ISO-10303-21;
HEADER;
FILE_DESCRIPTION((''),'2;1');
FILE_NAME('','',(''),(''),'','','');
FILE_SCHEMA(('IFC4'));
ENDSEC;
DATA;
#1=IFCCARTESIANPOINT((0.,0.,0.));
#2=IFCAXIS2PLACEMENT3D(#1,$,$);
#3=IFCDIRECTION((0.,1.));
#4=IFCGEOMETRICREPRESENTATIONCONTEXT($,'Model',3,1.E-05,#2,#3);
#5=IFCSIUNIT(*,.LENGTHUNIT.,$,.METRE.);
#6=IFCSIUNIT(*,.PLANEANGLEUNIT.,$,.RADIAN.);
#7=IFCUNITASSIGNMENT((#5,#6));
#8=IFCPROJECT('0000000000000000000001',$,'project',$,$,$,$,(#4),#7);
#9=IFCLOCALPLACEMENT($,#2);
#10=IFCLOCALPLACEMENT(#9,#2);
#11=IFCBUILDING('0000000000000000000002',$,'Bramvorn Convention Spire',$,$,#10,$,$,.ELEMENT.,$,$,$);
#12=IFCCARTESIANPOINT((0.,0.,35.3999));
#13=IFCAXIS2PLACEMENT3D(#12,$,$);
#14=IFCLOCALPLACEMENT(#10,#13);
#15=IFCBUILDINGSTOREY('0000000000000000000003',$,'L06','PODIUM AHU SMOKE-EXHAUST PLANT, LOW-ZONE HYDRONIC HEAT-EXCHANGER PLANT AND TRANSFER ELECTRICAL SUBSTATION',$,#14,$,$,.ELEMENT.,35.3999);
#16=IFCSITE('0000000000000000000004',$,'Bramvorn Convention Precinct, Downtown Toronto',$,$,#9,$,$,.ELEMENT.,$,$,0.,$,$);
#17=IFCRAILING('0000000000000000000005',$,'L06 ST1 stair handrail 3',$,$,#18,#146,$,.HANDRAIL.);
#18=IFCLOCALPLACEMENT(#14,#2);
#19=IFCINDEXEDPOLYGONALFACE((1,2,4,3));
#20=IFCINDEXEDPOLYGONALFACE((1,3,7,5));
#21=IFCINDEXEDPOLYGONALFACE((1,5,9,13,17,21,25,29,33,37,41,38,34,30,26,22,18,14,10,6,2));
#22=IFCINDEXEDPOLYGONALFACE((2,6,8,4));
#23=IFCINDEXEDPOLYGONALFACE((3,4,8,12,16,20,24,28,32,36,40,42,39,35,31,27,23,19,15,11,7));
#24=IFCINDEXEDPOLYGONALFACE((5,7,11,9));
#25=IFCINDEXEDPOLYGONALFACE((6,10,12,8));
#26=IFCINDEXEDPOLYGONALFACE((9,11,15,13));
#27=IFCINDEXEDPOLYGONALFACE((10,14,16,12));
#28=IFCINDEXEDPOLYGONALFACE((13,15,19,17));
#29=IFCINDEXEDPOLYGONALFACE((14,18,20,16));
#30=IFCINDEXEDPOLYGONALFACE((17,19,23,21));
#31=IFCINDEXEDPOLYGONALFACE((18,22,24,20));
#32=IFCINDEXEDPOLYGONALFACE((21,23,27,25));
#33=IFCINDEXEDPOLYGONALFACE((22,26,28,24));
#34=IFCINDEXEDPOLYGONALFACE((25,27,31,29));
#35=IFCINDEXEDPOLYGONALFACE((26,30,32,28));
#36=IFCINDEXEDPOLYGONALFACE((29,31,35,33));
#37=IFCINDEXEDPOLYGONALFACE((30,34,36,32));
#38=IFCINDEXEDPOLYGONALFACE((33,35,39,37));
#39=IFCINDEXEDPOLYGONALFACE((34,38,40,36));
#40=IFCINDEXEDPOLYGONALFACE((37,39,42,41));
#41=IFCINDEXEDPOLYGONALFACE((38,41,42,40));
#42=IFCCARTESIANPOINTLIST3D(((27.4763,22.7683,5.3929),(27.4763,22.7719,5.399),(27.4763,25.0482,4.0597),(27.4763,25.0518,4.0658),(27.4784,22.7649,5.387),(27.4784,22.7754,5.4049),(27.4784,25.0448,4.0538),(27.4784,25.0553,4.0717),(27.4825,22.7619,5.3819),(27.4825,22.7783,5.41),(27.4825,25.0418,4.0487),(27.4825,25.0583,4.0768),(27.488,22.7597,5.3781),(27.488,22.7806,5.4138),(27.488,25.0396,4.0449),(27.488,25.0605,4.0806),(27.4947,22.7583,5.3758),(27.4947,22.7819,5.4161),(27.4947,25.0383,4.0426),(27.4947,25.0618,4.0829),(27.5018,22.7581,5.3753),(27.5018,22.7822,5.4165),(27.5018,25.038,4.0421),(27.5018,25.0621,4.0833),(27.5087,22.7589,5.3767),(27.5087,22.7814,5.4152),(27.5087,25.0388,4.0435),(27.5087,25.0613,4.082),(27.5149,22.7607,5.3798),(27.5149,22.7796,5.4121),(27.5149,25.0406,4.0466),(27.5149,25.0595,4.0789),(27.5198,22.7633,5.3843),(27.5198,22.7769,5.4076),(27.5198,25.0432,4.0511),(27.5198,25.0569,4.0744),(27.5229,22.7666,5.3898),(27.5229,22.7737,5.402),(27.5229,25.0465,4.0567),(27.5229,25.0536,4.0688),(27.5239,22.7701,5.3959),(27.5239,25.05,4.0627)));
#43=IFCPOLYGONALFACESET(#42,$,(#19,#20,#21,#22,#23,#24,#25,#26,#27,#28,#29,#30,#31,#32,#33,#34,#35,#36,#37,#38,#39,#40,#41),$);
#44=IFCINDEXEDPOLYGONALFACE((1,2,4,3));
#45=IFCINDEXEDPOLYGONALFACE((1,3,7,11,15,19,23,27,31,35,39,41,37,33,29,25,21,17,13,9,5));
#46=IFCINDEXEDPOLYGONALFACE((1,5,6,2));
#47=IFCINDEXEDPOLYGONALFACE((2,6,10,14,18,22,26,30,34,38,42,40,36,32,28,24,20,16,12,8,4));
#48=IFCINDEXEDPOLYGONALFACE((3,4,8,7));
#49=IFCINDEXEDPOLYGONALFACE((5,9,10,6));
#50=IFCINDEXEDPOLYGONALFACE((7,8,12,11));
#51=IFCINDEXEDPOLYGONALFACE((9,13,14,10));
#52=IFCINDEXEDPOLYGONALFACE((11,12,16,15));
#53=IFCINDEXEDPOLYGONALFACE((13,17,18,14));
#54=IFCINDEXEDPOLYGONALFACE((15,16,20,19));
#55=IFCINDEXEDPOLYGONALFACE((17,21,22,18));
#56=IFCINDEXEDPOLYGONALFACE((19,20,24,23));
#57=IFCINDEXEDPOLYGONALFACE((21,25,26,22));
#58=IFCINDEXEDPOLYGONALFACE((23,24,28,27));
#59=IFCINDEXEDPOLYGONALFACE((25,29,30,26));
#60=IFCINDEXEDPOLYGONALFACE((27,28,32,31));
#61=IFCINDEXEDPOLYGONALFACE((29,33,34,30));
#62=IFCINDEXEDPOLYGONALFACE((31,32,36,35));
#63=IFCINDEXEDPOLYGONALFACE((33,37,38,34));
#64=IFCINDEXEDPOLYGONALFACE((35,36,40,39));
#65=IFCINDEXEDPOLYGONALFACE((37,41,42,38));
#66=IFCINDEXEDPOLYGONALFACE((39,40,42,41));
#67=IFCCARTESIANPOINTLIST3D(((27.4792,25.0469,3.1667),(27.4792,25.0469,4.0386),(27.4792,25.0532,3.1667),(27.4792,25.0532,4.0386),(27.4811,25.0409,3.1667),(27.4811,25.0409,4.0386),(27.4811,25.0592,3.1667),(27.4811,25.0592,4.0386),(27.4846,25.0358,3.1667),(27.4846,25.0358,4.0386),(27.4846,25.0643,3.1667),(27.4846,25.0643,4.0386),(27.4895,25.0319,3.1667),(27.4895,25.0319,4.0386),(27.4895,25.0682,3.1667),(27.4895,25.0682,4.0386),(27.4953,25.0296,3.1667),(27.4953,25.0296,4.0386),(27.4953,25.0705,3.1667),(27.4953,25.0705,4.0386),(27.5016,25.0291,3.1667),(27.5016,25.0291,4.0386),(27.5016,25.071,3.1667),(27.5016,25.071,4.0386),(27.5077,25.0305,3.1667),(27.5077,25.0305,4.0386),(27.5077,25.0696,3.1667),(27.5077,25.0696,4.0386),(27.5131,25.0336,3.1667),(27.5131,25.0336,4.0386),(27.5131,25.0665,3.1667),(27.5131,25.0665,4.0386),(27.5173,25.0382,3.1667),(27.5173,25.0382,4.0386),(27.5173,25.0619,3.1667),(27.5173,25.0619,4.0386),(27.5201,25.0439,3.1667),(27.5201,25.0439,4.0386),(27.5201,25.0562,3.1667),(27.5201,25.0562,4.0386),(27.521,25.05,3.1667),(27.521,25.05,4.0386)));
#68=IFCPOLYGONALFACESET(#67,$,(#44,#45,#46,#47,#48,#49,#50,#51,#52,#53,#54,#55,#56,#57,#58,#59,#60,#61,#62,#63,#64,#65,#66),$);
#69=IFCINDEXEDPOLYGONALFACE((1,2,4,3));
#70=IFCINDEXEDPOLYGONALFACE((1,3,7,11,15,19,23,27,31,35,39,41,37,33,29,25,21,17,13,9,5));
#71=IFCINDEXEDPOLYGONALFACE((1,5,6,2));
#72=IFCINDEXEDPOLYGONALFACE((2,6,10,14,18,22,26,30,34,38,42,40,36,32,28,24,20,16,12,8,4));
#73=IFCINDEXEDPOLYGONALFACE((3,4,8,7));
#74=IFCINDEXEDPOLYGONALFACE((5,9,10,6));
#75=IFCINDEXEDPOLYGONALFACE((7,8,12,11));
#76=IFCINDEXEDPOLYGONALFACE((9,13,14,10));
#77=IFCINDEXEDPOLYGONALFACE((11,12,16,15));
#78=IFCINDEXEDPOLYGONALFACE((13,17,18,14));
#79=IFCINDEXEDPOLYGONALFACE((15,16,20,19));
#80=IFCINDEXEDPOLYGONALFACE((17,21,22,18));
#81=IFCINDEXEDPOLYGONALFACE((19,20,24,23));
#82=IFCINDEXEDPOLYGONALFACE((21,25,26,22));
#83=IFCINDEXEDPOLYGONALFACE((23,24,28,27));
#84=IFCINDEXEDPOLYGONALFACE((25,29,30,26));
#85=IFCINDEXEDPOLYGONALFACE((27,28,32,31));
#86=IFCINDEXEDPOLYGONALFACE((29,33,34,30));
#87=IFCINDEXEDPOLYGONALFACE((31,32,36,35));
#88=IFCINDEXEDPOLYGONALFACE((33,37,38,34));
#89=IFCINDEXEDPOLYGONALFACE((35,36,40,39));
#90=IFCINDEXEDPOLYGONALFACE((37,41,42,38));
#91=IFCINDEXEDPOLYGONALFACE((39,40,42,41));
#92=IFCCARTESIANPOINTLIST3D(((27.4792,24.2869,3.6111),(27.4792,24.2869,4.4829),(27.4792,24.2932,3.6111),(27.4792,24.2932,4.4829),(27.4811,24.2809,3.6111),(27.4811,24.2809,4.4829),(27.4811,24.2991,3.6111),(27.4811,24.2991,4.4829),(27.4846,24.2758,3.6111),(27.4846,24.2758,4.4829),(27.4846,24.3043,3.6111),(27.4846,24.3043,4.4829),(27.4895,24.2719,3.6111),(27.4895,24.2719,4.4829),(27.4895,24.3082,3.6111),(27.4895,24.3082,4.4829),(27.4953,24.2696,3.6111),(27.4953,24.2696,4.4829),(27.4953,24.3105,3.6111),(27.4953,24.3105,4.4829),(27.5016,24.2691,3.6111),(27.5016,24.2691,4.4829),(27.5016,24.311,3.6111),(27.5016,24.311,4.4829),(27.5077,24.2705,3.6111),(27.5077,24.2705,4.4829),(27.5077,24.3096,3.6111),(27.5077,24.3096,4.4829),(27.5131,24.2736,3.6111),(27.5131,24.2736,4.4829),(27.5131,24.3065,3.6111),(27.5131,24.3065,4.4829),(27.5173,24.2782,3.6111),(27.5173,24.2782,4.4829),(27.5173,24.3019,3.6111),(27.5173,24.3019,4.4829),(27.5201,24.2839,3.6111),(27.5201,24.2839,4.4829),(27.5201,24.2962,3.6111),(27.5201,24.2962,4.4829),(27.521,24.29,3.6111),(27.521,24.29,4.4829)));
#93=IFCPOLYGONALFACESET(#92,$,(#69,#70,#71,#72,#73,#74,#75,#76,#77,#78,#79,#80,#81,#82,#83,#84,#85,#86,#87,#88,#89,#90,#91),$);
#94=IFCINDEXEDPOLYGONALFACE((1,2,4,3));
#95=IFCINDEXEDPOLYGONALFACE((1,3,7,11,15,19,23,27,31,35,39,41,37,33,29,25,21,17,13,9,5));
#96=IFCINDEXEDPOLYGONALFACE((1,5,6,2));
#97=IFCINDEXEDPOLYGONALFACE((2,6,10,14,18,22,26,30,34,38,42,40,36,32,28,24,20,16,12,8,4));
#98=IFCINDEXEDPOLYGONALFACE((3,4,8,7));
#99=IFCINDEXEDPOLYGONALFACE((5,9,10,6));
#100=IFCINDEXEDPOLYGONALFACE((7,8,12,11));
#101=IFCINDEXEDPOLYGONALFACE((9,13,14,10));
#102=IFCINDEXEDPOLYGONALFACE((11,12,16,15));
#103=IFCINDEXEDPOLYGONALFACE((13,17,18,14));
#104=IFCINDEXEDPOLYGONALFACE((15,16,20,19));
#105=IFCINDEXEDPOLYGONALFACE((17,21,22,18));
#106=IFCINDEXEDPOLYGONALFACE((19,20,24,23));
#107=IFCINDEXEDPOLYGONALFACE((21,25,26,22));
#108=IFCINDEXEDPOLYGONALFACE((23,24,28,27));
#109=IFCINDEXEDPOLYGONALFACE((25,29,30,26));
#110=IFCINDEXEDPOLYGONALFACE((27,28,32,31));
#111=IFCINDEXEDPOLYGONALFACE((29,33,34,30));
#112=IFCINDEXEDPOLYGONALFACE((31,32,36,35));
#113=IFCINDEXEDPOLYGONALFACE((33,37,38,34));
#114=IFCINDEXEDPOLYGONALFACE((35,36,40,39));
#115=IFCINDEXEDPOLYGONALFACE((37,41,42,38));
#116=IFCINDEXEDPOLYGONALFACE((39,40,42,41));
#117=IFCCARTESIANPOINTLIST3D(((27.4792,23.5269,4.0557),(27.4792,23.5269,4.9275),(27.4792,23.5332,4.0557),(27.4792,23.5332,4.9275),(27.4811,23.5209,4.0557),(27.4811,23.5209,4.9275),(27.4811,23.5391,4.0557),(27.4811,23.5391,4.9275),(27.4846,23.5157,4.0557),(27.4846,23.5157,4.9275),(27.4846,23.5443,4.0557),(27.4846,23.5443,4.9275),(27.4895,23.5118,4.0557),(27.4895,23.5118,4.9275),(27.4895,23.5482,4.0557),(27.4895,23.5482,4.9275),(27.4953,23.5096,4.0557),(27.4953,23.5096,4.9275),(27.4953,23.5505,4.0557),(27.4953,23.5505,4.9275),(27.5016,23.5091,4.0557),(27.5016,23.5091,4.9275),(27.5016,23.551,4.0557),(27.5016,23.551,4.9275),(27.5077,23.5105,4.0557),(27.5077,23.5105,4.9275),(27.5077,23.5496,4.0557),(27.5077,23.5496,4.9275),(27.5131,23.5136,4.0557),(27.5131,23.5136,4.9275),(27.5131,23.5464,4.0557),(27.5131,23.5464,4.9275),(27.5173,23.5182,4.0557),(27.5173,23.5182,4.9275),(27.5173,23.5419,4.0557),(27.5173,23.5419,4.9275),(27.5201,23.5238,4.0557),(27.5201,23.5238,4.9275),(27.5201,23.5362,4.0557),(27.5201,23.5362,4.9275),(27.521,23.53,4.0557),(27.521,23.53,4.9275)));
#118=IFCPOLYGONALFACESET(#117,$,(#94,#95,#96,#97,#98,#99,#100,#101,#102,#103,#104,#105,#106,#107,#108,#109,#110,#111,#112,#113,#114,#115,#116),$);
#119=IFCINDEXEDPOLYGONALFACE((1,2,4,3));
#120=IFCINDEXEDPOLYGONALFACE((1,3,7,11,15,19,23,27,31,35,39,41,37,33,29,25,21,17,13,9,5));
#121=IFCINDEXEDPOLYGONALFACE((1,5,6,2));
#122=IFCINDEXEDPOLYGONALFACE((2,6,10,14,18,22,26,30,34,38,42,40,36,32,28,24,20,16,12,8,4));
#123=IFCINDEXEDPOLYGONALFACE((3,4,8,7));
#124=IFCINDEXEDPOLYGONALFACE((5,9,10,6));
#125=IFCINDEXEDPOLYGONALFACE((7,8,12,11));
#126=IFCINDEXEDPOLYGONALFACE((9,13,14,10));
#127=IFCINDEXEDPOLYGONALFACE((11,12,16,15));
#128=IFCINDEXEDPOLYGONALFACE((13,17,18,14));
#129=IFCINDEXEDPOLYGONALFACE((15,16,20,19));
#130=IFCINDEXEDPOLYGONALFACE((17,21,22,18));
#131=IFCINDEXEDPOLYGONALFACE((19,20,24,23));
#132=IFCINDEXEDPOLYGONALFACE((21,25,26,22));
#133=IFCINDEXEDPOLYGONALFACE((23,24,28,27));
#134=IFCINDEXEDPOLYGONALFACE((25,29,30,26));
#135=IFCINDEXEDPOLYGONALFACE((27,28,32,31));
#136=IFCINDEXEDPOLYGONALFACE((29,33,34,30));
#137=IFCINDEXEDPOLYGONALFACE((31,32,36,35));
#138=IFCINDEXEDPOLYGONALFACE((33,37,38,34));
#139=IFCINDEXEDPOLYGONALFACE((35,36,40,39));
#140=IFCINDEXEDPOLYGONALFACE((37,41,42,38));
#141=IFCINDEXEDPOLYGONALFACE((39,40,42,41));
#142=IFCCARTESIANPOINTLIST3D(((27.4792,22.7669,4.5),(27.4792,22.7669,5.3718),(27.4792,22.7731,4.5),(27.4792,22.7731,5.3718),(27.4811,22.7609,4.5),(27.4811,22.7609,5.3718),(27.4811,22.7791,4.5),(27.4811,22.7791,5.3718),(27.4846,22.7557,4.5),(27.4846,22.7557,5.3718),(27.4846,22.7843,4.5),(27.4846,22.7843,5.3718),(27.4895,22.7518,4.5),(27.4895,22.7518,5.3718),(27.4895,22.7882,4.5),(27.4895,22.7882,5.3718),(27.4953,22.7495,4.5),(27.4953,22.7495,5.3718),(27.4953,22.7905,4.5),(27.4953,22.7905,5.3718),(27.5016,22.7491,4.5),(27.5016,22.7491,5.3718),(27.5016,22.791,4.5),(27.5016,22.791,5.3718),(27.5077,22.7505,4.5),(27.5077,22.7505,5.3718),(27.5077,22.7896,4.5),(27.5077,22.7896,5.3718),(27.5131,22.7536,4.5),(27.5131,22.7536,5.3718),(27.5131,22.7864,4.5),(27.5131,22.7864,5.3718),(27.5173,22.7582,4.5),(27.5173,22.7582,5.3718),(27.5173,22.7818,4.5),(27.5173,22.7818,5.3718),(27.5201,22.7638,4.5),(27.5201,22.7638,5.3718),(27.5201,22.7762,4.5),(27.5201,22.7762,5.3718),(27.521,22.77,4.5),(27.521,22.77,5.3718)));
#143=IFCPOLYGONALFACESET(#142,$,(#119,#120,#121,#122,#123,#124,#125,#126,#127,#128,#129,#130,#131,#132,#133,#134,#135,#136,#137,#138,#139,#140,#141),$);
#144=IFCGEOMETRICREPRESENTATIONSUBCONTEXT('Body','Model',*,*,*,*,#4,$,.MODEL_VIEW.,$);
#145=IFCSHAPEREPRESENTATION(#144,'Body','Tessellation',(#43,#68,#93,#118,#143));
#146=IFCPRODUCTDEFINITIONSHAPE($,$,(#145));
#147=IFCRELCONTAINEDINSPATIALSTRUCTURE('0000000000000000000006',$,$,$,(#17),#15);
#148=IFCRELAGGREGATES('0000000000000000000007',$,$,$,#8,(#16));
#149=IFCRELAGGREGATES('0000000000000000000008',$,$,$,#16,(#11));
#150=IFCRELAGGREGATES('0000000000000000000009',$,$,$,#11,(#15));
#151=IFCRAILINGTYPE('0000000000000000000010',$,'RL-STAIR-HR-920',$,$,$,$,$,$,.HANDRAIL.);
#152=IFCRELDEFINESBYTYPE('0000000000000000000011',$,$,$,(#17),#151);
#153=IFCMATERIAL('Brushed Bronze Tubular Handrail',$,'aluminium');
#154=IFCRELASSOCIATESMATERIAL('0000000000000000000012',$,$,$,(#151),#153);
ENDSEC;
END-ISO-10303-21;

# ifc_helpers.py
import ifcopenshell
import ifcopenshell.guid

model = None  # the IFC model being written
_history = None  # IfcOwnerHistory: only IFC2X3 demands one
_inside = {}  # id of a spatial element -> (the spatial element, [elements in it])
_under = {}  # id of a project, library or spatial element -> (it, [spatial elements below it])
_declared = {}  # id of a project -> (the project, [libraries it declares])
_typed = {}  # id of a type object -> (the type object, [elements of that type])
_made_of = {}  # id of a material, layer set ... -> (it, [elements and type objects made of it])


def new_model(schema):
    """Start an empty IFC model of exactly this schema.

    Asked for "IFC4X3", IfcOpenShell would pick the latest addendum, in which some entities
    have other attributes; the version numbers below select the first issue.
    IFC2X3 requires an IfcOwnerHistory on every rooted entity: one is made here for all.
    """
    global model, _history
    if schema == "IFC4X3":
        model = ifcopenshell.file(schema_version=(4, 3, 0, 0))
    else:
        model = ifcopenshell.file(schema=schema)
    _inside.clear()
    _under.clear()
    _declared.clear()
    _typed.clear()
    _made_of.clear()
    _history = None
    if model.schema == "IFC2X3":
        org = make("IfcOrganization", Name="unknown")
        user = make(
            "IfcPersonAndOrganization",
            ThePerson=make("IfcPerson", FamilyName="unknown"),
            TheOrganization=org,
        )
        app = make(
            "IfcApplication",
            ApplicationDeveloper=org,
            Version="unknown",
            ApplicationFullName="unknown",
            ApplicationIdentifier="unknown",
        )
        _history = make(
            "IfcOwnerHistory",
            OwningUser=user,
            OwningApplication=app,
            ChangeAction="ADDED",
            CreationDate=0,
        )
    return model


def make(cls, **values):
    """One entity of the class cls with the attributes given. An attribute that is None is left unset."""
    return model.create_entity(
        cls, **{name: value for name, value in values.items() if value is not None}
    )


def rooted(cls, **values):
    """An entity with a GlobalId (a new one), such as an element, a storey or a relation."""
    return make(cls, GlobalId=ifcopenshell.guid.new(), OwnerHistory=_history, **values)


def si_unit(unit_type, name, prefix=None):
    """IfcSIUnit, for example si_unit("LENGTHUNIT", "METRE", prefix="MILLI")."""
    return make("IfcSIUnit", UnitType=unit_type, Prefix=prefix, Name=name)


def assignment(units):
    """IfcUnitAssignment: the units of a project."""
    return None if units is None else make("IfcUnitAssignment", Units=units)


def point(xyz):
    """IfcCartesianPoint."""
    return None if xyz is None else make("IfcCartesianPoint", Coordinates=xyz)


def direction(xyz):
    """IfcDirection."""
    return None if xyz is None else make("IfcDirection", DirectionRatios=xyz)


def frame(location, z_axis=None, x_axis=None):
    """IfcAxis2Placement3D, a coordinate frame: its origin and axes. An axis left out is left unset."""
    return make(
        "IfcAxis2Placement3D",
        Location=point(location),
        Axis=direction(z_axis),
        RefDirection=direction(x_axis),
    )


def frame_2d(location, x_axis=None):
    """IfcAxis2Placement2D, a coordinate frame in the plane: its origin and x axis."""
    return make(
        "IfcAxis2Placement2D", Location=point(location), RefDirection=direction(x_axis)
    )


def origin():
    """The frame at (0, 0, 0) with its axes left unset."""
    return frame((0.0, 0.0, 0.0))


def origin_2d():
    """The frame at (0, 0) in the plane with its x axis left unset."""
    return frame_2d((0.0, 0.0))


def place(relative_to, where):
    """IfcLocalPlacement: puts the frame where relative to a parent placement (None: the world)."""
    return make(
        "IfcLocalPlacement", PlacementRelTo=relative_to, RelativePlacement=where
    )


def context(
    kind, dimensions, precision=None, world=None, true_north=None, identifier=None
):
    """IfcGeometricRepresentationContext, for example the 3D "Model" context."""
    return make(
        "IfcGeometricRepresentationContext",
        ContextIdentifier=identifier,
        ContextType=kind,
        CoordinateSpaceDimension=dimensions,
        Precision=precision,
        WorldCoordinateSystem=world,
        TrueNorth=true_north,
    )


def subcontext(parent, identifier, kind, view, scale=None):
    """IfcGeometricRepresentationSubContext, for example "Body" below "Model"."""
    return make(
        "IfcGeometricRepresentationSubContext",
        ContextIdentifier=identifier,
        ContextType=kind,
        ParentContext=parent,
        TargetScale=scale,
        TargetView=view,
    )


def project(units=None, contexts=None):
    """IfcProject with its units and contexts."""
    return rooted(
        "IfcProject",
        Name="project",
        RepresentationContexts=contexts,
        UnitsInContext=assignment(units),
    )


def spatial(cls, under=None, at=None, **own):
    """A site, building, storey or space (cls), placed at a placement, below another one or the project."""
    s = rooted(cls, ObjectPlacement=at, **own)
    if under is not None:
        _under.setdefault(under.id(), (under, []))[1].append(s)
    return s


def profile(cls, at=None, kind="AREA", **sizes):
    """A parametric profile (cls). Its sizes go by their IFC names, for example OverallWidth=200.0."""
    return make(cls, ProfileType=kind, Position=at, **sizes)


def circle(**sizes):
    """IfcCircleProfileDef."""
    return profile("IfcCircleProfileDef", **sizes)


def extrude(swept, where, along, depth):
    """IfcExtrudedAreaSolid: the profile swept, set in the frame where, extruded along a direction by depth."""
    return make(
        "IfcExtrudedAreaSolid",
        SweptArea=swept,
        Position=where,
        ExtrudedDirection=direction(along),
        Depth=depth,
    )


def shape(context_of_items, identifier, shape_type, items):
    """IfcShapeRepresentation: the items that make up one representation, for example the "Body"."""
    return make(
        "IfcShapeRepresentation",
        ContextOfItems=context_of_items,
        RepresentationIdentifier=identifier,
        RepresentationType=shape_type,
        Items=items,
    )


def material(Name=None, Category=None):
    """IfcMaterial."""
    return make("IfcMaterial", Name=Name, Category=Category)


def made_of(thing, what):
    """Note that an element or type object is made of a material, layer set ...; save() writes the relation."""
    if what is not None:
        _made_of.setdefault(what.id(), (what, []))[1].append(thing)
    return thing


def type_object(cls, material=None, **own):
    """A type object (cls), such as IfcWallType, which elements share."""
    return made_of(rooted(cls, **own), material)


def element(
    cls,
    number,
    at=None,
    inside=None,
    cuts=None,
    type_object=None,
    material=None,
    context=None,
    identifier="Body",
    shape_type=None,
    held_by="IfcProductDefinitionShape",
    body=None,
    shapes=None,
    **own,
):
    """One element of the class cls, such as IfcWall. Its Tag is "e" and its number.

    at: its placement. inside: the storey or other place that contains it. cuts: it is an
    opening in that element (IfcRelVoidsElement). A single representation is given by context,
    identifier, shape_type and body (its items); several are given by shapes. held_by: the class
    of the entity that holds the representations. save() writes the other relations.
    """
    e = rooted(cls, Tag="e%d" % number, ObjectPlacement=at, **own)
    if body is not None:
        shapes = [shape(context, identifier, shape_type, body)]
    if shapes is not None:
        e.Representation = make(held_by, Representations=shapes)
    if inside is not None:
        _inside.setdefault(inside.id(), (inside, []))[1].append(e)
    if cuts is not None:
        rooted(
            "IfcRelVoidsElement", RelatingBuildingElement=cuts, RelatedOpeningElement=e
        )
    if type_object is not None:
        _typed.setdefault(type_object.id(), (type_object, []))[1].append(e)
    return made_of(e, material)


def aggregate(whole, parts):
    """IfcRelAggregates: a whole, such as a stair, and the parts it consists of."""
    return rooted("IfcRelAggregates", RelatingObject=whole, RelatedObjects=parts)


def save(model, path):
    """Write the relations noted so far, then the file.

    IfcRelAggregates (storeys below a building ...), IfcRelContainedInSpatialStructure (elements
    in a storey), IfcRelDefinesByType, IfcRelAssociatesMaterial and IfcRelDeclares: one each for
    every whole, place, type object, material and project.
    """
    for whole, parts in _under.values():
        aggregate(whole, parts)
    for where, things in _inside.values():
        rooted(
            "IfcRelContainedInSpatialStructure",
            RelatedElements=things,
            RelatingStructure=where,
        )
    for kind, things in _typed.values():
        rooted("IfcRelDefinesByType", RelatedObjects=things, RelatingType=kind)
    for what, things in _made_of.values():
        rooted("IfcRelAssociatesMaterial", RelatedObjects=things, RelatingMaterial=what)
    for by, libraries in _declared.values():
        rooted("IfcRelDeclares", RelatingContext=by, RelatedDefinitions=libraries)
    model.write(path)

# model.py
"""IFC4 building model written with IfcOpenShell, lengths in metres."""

from ifc_helpers import new_model, si_unit, direction, frame, origin, origin_2d, place, context, subcontext, project, spatial, circle, extrude, material, type_object, element, save


model = new_model("IFC4")

# Units and contexts
model_context = context("Model", 3, precision=1e-05, world=origin(), true_north=direction((0.0, 1.0)))
body_context = subcontext(model_context, "Body", "Model", "MODEL_VIEW")
ifc_project = project(units=[si_unit("LENGTHUNIT", "METRE"), si_unit("PLANEANGLEUNIT", "RADIAN")], contexts=[model_context])

# Site, building, storey
site_placement = place(None, origin())
site = spatial("IfcSite", under=ifc_project, at=site_placement, Name="Bramvorn Convention Precinct, Downtown Toronto", CompositionType="ELEMENT", RefElevation=0.0)
building_placement = place(site_placement, origin())
building = spatial("IfcBuilding", under=site, at=building_placement, Name="Bramvorn Convention Spire", CompositionType="ELEMENT")
storey_placement = place(building_placement, frame((0.0, 0.0, 35.3999)))
storey = spatial("IfcBuildingStorey", under=building, at=storey_placement, Name="L06", Description="PODIUM AHU SMOKE-EXHAUST PLANT, LOW-ZONE HYDRONIC HEAT-EXCHANGER PLANT AND TRANSFER ELECTRICAL SUBSTATION", CompositionType="ELEMENT", Elevation=35.3999)

# Railing
ifc_material_1 = material(Name="Brushed Bronze Tubular Handrail", Category="aluminium")
railing_type_1 = type_object("IfcRailingType", Name="RL-STAIR-HR-920", PredefinedType="HANDRAIL", material=ifc_material_1)
for number, where, name in (
    (1, (27.5, 25.05, 3.1667), "L06 ST1 stair handrail 3"),
):
    element("IfcRailing", number, at=place(storey_placement, frame(where)), inside=storey, type_object=railing_type_1, Name=name, PredefinedType="HANDRAIL", context=body_context, shape_type="SweptSolid", body=[
        extrude(circle(Radius=0.0239, at=origin_2d()), frame((0.0, 0.0, 0.896), z_axis=(0.0, -0.863245, 0.504785), x_axis=(1.0, 0.0, 0.0)), (0.0, 0.0, 1.0), 2.6411),
        extrude(circle(Radius=0.021, at=origin_2d()), origin(), (0.0, 0.0, 1.0), 0.8718),
        extrude(circle(Radius=0.021, at=origin_2d()), frame((0.0, -0.76, 0.4443)), (0.0, 0.0, 1.0), 0.8718),
        extrude(circle(Radius=0.021, at=origin_2d()), frame((0.0, -1.52, 0.8889)), (0.0, 0.0, 1.0), 0.8718),
        extrude(circle(Radius=0.021, at=origin_2d()), frame((0.0, -2.28, 1.3333)), (0.0, 0.0, 1.0), 0.8718),
    ])

save(model, "model.ifc")
